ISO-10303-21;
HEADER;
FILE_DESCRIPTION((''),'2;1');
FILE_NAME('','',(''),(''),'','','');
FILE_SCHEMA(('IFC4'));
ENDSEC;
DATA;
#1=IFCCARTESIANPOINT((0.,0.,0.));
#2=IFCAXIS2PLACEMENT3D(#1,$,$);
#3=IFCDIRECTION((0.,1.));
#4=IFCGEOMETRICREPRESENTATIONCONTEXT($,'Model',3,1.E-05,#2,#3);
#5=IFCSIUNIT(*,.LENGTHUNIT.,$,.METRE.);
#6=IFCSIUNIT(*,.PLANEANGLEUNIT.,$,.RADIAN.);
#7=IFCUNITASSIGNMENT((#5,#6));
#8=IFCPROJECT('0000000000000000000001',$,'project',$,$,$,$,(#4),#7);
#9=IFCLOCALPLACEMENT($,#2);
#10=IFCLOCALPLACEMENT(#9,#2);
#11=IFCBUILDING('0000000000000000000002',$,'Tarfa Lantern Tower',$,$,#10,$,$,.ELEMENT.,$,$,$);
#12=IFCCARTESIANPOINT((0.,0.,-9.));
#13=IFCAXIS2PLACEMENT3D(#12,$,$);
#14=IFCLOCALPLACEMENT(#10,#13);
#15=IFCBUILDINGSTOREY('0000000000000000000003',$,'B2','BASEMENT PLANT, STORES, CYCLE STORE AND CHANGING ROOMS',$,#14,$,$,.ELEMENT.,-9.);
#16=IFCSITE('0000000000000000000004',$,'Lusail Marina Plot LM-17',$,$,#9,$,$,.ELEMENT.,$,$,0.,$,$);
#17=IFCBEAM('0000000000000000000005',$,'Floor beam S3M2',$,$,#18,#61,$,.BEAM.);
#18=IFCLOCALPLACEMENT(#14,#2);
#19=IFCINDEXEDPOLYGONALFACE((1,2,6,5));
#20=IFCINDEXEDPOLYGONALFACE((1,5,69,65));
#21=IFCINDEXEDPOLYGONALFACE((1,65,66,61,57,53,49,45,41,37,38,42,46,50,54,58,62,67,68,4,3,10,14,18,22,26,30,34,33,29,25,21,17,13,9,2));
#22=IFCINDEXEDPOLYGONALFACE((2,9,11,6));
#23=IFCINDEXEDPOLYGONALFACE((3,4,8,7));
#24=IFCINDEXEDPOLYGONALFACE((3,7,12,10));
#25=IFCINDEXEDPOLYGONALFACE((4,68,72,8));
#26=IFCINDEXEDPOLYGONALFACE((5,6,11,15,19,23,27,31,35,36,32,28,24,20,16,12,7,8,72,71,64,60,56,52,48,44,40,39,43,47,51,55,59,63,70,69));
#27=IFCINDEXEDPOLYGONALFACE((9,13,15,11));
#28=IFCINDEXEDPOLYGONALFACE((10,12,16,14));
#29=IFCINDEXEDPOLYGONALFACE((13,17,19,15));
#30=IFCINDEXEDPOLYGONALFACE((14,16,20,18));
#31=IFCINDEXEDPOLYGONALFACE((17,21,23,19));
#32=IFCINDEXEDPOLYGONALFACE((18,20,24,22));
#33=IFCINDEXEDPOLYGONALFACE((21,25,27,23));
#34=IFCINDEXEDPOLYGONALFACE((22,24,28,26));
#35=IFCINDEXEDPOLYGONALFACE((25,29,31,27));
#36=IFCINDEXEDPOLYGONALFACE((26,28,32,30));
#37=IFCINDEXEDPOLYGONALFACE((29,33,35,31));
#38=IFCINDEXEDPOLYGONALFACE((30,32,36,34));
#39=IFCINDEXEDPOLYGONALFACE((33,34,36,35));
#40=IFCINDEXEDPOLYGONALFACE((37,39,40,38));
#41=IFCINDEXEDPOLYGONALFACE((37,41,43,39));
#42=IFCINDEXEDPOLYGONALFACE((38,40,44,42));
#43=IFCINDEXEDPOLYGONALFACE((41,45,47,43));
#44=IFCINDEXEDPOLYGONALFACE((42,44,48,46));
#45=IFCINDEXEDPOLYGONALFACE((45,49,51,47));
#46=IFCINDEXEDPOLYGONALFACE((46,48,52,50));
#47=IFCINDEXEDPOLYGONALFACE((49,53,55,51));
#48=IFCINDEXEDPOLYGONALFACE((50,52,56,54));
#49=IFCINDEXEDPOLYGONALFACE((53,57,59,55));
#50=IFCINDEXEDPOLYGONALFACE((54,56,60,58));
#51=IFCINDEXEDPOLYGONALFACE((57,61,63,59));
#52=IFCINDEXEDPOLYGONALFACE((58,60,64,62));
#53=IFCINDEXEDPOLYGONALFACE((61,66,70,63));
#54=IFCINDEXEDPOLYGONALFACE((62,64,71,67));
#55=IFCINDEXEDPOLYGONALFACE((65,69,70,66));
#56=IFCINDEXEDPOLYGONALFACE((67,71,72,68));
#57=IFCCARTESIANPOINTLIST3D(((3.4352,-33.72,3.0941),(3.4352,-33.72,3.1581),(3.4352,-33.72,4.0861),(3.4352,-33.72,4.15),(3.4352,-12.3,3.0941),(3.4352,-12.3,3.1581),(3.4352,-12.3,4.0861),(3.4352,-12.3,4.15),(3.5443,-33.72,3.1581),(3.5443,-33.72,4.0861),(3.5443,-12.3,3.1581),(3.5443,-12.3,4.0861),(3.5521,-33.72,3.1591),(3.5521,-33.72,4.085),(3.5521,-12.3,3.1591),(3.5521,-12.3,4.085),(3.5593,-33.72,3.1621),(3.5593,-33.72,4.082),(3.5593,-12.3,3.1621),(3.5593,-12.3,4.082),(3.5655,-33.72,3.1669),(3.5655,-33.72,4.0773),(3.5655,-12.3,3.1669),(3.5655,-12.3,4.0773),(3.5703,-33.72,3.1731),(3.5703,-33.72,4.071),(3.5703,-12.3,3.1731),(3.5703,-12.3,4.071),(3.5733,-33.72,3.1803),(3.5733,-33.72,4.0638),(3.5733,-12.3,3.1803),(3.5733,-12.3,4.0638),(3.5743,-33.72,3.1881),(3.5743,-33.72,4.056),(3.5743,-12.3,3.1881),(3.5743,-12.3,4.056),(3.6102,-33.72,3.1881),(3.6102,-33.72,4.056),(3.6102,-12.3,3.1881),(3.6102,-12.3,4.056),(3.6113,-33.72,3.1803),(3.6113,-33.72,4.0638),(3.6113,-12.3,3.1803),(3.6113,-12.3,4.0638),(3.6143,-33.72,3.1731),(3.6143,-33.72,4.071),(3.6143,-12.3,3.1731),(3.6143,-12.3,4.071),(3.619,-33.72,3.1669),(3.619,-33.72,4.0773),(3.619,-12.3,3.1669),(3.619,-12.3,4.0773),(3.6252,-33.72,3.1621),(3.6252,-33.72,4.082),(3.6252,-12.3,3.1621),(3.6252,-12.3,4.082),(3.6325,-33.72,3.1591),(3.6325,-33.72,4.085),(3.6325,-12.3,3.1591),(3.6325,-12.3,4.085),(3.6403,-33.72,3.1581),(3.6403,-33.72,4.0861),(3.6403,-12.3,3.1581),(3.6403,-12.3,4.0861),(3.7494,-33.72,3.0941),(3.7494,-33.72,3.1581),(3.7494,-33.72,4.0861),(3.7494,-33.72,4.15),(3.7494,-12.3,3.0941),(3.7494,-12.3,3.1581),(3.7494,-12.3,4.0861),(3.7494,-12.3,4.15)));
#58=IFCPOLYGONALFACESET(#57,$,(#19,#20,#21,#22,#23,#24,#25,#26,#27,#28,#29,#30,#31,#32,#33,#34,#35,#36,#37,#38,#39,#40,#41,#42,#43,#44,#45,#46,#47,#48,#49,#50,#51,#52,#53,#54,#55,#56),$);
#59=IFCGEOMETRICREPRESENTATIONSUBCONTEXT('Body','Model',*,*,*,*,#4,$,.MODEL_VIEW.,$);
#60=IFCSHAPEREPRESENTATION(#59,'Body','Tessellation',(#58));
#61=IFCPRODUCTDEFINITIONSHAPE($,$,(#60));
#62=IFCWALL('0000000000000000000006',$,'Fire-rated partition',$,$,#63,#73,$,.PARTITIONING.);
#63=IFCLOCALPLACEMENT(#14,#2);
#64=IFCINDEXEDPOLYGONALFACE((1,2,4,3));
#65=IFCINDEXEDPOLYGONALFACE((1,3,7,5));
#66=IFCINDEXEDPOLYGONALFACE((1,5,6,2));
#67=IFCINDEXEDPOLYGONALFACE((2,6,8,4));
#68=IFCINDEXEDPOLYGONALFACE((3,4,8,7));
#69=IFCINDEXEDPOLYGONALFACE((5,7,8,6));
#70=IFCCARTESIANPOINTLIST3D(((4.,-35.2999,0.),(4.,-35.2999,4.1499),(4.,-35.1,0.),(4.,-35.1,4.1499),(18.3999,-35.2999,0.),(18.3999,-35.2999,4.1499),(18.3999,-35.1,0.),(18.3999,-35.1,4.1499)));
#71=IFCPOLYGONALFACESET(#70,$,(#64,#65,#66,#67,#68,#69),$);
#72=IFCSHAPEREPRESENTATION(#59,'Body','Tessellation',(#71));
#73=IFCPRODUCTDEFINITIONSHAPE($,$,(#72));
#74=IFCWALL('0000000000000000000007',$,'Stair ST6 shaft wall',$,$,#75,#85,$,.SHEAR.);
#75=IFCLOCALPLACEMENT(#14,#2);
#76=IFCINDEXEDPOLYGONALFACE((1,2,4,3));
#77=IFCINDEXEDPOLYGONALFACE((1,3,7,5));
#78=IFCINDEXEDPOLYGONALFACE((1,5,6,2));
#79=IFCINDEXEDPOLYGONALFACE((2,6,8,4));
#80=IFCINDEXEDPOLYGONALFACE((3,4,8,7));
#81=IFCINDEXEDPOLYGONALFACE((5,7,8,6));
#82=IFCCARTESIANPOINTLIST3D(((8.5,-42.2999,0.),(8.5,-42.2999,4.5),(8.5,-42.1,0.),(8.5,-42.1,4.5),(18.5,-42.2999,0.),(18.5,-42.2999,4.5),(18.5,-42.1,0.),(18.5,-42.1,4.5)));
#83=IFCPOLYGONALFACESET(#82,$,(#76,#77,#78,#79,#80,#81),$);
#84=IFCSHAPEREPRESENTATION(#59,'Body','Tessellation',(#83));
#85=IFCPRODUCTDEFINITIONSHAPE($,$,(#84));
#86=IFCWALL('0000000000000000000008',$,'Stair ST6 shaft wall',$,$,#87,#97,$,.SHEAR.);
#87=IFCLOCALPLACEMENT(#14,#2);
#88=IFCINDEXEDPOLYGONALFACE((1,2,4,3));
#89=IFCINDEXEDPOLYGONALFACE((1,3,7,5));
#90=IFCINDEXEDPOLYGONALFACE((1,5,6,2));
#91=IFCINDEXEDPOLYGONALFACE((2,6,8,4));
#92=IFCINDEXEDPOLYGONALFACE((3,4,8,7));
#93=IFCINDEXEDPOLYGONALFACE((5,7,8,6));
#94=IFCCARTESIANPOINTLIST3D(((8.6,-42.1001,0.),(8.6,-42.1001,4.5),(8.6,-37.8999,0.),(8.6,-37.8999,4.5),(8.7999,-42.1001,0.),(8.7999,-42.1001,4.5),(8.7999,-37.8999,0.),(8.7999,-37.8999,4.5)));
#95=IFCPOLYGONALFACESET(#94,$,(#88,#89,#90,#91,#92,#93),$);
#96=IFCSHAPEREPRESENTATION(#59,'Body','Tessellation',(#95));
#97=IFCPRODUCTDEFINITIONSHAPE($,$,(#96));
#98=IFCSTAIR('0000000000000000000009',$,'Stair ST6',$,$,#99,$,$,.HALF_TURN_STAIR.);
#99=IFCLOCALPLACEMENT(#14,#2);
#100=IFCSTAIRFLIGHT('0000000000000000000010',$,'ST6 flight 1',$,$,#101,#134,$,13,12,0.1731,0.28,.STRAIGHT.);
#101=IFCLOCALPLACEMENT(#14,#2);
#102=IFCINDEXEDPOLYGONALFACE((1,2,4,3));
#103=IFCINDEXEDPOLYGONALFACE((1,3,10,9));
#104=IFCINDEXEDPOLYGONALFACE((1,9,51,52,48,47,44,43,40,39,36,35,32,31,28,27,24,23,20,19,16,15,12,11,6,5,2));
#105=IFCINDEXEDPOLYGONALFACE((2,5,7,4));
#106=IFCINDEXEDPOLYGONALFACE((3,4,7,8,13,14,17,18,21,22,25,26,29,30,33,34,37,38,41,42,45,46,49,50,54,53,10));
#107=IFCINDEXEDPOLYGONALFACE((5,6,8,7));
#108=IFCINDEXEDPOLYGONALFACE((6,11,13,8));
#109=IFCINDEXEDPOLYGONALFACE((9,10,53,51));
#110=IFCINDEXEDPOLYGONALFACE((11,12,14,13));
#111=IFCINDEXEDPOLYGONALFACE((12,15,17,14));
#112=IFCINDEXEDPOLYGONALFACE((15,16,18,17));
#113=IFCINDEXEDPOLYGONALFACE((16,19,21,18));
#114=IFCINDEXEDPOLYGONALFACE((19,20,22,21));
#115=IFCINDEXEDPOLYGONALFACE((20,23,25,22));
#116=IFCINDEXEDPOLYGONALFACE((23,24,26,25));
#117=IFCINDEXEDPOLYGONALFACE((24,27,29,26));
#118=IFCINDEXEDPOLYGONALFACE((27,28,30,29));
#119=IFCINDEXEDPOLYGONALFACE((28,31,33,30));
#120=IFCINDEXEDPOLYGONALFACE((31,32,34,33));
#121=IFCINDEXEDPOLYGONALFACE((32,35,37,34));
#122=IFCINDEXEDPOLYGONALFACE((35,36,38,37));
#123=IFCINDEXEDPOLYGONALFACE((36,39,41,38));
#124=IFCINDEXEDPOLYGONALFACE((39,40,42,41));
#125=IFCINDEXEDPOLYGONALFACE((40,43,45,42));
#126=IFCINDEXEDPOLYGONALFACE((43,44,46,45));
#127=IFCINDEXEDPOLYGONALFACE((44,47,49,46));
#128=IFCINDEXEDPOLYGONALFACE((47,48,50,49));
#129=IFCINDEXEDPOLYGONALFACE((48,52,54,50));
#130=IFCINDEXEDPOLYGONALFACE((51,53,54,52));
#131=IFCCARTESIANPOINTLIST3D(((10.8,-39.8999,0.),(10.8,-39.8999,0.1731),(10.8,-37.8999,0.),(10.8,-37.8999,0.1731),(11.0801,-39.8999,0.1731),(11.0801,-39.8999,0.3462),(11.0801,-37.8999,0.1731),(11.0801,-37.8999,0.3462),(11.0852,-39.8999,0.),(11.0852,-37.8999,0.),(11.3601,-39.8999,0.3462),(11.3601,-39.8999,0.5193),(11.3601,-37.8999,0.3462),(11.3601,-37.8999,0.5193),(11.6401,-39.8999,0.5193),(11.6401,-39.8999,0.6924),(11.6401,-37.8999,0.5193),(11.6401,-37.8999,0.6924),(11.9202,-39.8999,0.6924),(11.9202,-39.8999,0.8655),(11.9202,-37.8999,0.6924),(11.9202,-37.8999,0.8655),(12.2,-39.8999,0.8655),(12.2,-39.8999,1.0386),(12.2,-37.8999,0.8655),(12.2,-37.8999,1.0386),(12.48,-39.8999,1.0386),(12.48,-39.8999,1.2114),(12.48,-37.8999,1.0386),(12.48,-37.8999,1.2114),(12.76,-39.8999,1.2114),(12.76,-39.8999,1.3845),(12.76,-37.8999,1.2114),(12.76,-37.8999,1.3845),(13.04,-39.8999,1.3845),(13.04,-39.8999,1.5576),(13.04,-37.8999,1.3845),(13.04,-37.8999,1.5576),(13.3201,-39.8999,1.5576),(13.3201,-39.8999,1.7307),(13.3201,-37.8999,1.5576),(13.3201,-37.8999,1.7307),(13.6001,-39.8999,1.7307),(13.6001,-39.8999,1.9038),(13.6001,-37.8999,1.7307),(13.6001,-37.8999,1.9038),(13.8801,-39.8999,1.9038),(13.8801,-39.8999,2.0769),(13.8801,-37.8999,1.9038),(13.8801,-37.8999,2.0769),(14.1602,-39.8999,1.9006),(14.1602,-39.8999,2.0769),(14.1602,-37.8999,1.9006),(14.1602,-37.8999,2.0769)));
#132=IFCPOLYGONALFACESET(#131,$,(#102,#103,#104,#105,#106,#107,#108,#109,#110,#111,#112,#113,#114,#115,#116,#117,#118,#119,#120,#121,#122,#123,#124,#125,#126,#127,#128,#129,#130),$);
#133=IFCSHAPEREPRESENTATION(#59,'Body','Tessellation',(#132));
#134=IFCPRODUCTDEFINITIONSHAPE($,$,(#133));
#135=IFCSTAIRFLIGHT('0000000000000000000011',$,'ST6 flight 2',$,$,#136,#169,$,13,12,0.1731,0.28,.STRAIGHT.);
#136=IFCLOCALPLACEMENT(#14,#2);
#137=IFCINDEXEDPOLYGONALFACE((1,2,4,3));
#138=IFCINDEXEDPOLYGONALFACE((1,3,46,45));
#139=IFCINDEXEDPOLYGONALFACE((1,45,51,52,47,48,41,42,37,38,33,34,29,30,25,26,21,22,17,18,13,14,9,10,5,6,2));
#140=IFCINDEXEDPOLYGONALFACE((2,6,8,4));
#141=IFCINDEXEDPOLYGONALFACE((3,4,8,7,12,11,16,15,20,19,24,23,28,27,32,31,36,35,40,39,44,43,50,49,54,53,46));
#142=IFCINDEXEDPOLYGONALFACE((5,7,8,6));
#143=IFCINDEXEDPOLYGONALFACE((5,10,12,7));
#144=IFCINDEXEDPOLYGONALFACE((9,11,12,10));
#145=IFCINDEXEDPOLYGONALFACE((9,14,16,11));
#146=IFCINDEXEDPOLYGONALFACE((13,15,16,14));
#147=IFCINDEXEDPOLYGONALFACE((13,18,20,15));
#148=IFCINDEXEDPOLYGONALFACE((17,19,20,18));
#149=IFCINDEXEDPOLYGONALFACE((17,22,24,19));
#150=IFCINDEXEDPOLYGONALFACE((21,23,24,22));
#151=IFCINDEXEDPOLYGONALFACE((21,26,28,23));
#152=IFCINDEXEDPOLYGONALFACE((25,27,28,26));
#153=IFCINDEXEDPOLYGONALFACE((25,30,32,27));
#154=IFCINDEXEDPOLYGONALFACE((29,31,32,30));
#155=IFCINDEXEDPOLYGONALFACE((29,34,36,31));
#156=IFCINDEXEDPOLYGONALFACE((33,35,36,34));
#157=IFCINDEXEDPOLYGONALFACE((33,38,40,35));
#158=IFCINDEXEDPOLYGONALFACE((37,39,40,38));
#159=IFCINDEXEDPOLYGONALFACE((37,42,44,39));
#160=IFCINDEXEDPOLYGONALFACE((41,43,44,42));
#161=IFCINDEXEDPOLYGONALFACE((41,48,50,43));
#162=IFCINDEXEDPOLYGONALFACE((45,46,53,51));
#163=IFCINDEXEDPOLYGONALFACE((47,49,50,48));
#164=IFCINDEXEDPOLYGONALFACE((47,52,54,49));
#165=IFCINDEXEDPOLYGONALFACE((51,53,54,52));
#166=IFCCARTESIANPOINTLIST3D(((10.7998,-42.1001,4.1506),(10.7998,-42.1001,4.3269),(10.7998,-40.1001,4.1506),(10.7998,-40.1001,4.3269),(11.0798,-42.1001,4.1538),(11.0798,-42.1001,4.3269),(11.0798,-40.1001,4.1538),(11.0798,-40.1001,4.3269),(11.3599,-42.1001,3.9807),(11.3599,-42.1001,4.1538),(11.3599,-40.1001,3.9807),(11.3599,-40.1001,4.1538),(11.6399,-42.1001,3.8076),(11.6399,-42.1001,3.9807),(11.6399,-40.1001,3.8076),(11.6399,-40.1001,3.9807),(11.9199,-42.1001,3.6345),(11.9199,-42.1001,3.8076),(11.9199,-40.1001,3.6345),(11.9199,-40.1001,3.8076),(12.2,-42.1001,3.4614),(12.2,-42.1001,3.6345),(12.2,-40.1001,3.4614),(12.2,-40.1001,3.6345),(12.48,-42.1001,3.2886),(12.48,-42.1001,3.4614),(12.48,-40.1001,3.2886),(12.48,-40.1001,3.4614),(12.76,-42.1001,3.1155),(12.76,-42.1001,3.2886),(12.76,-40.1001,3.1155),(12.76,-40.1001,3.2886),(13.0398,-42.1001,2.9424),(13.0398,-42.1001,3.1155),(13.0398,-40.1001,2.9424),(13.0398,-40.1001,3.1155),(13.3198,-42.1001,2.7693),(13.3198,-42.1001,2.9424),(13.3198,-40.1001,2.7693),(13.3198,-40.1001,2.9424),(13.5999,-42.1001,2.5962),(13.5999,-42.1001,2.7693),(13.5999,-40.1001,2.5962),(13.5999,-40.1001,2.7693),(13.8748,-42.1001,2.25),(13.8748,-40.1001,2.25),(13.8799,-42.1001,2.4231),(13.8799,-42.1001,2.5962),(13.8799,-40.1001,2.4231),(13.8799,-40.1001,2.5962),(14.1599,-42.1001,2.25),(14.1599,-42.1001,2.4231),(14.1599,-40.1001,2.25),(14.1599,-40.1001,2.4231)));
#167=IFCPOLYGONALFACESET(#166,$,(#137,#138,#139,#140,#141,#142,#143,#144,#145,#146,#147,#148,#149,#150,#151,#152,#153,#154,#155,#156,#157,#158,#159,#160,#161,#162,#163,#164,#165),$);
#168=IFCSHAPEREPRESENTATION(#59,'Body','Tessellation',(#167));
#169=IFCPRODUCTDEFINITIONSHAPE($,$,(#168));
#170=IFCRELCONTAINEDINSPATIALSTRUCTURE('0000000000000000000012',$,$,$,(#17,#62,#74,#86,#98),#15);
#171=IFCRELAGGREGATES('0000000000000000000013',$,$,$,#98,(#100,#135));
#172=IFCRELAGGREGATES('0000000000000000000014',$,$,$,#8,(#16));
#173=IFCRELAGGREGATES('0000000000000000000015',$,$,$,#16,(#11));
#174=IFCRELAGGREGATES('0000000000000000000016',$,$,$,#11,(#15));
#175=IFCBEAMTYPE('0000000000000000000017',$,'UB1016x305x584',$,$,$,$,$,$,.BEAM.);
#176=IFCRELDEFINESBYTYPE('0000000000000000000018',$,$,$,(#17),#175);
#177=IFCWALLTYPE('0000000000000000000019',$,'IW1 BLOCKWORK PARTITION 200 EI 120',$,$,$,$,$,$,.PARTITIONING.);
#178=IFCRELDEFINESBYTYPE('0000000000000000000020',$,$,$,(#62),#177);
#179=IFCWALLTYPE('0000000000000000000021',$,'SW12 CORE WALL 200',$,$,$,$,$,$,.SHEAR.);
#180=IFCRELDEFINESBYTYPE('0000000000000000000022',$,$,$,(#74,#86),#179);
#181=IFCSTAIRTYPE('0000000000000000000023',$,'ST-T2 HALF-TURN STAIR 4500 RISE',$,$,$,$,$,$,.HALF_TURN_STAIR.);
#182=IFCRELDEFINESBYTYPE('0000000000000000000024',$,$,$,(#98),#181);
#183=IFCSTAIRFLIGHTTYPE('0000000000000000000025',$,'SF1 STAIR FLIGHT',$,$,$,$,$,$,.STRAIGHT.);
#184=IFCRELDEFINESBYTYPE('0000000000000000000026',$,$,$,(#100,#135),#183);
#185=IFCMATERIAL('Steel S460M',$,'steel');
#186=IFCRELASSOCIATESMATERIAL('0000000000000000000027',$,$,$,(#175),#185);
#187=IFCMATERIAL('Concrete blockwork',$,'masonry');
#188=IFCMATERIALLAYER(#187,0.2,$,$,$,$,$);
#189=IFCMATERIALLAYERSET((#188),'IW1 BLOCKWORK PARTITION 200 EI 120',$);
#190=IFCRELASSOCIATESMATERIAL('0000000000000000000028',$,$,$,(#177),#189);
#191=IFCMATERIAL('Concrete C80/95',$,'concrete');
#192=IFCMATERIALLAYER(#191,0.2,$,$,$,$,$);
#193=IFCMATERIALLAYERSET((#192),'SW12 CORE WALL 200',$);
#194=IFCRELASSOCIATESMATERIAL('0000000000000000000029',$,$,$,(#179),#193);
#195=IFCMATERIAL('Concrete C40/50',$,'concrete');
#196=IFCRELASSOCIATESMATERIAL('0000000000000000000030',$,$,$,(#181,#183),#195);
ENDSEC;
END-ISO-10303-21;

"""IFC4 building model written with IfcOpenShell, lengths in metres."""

from ifc_helpers import new_model, si_unit, direction, frame, frame_2d, origin, origin_2d, place, context, subcontext, project, spatial, polyline, rectangle, i_section, outline, extrude, material, layer, layer_set, material_profile, profile_set, type_object, element, aggregate, save


model = new_model("IFC4")

# Units and contexts
model_context = context("Model", 3, precision=1e-05, world=origin(), true_north=direction((0.0, 1.0)))
body_context = subcontext(model_context, "Body", "Model", "MODEL_VIEW")
ifc_project = project(units=[si_unit("LENGTHUNIT", "METRE"), si_unit("PLANEANGLEUNIT", "RADIAN")], contexts=[model_context])

# Site, building, storey
site_placement = place(None, origin())
site = spatial("IfcSite", under=ifc_project, at=site_placement, Name="Lusail Marina Plot LM-17", CompositionType="ELEMENT", RefElevation=0.0)
building_placement = place(site_placement, origin())
building = spatial("IfcBuilding", under=site, at=building_placement, Name="Tarfa Lantern Tower", CompositionType="ELEMENT")
storey_placement = place(building_placement, frame((0.0, 0.0, -9.0)))
storey = spatial("IfcBuildingStorey", under=building, at=storey_placement, Name="B2", Description="BASEMENT PLANT, STORES, CYCLE STORE AND CHANGING ROOMS", CompositionType="ELEMENT", Elevation=-9.0)

# Shared definitions
ifc_material_1 = material(Name="Concrete C40/50", Category="concrete")

# Shared definitions
ifc_material_2 = material(Name="Concrete C80/95", Category="concrete")

# Beam
ifc_material_3 = material(Name="Steel S460M", Category="steel")
ifc_material_profile_1 = material_profile(ifc_material_3, i_section(OverallWidth=0.3142, OverallDepth=1.0559, WebThickness=0.0359, FlangeThickness=0.064, FilletRadius=0.03, at=origin_2d()), Name="UB1016x305x584")
ifc_profile_set_1 = profile_set([ifc_material_profile_1], Name="Steel S460M")
beam_type_1 = type_object("IfcBeamType", Name="UB1016x305x584", PredefinedType="BEAM", material=ifc_profile_set_1)
for number, where, z_axis, x_axis, name in (
    (1, (3.5923, -33.72, 3.6221), (0.0, 1.0, 0.0), (-1.0, 0.0, 0.0), "Floor beam S3M2"),
):
    element("IfcBeam", number, at=place(storey_placement, frame(where, z_axis=z_axis, x_axis=x_axis)), inside=storey, type_object=beam_type_1, Name=name, PredefinedType="BEAM", context=body_context, shape_type="SweptSolid", body=[
        extrude(i_section(OverallWidth=0.3142, OverallDepth=1.0559, WebThickness=0.0359, FlangeThickness=0.064, FilletRadius=0.03, at=origin_2d()), origin(), (0.0, 0.0, 1.0), 21.4199),
    ])

# Walls
ifc_material_4 = material(Name="Concrete blockwork", Category="masonry")
ifc_layer_1 = layer(ifc_material_4, 0.2)
ifc_layer_set_1 = layer_set([ifc_layer_1], Name="IW1 BLOCKWORK PARTITION 200 EI 120")
wall_type_1 = type_object("IfcWallType", Name="IW1 BLOCKWORK PARTITION 200 EI 120", PredefinedType="PARTITIONING", material=ifc_layer_set_1)
wall_1_placement = place(storey_placement, frame((4.0, -35.2, 0.0), z_axis=(0.0, 0.0, 1.0), x_axis=(1.0, 0.0, 0.0)))
element("IfcWall", 2, at=wall_1_placement, inside=storey, type_object=wall_type_1, Name="Fire-rated partition", PredefinedType="PARTITIONING", context=body_context, shape_type="SweptSolid", body=[
    extrude(rectangle(XDim=14.3999, YDim=0.2, at=frame_2d((7.2, 0.0))), origin(), (0.0, 0.0, 1.0), 4.1499),
])
ifc_layer_2 = layer(ifc_material_2, 0.2)
ifc_layer_set_2 = layer_set([ifc_layer_2], Name="SW12 CORE WALL 200")
wall_type_2 = type_object("IfcWallType", Name="SW12 CORE WALL 200", PredefinedType="SHEAR", material=ifc_layer_set_2)
wall_2_placement = place(storey_placement, frame((8.5, -42.2, 0.0), z_axis=(0.0, 0.0, 1.0), x_axis=(1.0, 0.0, 0.0)))
element("IfcWall", 3, at=wall_2_placement, inside=storey, type_object=wall_type_2, Name="Stair ST6 shaft wall", PredefinedType="SHEAR", context=body_context, shape_type="SweptSolid", body=[
    extrude(rectangle(XDim=10.0, YDim=0.2, at=frame_2d((5.0, 0.0))), origin(), (0.0, 0.0, 1.0), 4.5),
])
wall_3_placement = place(storey_placement, frame((8.7, -37.8999, 0.0), z_axis=(0.0, 0.0, 1.0), x_axis=(0.0, -1.0, 0.0)))
element("IfcWall", 4, at=wall_3_placement, inside=storey, type_object=wall_type_2, Name="Stair ST6 shaft wall", PredefinedType="SHEAR", context=body_context, shape_type="SweptSolid", body=[
    extrude(rectangle(XDim=4.2002, YDim=0.2, at=frame_2d((2.1001, 0.0))), origin(), (0.0, 0.0, 1.0), 4.5),
])

# Stair, stair flights
stair_type = type_object("IfcStairType", Name="ST-T2 HALF-TURN STAIR 4500 RISE", PredefinedType="HALF_TURN_STAIR", material=ifc_material_1)
stair_placement = place(storey_placement, origin())
stair = element("IfcStair", 5, at=stair_placement, inside=storey, type_object=stair_type, Name="Stair ST6", PredefinedType="HALF_TURN_STAIR")
stair_flight_type = type_object("IfcStairFlightType", Name="SF1 STAIR FLIGHT", PredefinedType="STRAIGHT", material=ifc_material_1)
stair_flight_1_placement = place(storey_placement, frame((10.8, -38.8999, 0.0), z_axis=(0.0, 0.0, 1.0), x_axis=(1.0, 0.0, 0.0)))
stair_flight_1 = element("IfcStairFlight", 6, at=stair_flight_1_placement, type_object=stair_flight_type, Name="ST6 flight 1", NumberOfRisers=13, NumberOfTreads=12, PredefinedType="STRAIGHT", RiserHeight=0.1731, TreadLength=0.28, context=body_context, shape_type="SweptSolid", body=[
    extrude(outline(polyline([(0.0, 0.0), (0.0, 0.1731), (0.28, 0.1731), (0.28, 0.3462), (0.5601, 0.3462), (0.5601, 0.5193), (0.8401, 0.5193), (0.8401, 0.6924), (1.1201, 0.6924), (1.1201, 0.8655), (1.3999, 0.8655), (1.3999, 1.0386), (1.6799, 1.0386), (1.6799, 1.2114), (1.96, 1.2114), (1.96, 1.3845), (2.24, 1.3845), (2.24, 1.5576), (2.52, 1.5576), (2.52, 1.7307), (2.8, 1.7307), (2.8, 1.9038), (3.0801, 1.9038), (3.0801, 2.0769), (3.3601, 2.0769), (3.3601, 2.25), (3.3601, 1.9006), (0.2852, 0.0), (0.0, 0.0)])), frame((0.0, 1.0, 0.0), z_axis=(0.0, -1.0, 0.0), x_axis=(1.0, 0.0, 0.0)), (0.0, 0.0, 1.0), 2.0),
])
stair_flight_2_placement = place(storey_placement, frame((14.1599, -41.1001, 2.25), z_axis=(0.0, 0.0, 1.0), x_axis=(-1.0, 0.0, 0.0)))
stair_flight_2 = element("IfcStairFlight", 7, at=stair_flight_2_placement, type_object=stair_flight_type, Name="ST6 flight 2", NumberOfRisers=13, NumberOfTreads=12, PredefinedType="STRAIGHT", RiserHeight=0.1731, TreadLength=0.28, context=body_context, shape_type="SweptSolid", body=[
    extrude(outline(polyline([(0.0, 0.0), (0.0, 0.1731), (0.28, 0.1731), (0.28, 0.3462), (0.5601, 0.3462), (0.5601, 0.5193), (0.8401, 0.5193), (0.8401, 0.6924), (1.1201, 0.6924), (1.1201, 0.8655), (1.3999, 0.8655), (1.3999, 1.0386), (1.6799, 1.0386), (1.6799, 1.2114), (1.96, 1.2114), (1.96, 1.3845), (2.24, 1.3845), (2.24, 1.5576), (2.52, 1.5576), (2.52, 1.7307), (2.8, 1.7307), (2.8, 1.9038), (3.0801, 1.9038), (3.0801, 2.0769), (3.3601, 2.0769), (3.3601, 2.25), (3.3601, 1.9006), (0.2852, 0.0), (0.0, 0.0)])), frame((0.0, 1.0, 0.0), z_axis=(0.0, -1.0, 0.0), x_axis=(1.0, 0.0, 0.0)), (0.0, 0.0, 1.0), 2.0),
])
aggregate(stair, [stair_flight_1, stair_flight_2])

save(model, "model.ifc")
